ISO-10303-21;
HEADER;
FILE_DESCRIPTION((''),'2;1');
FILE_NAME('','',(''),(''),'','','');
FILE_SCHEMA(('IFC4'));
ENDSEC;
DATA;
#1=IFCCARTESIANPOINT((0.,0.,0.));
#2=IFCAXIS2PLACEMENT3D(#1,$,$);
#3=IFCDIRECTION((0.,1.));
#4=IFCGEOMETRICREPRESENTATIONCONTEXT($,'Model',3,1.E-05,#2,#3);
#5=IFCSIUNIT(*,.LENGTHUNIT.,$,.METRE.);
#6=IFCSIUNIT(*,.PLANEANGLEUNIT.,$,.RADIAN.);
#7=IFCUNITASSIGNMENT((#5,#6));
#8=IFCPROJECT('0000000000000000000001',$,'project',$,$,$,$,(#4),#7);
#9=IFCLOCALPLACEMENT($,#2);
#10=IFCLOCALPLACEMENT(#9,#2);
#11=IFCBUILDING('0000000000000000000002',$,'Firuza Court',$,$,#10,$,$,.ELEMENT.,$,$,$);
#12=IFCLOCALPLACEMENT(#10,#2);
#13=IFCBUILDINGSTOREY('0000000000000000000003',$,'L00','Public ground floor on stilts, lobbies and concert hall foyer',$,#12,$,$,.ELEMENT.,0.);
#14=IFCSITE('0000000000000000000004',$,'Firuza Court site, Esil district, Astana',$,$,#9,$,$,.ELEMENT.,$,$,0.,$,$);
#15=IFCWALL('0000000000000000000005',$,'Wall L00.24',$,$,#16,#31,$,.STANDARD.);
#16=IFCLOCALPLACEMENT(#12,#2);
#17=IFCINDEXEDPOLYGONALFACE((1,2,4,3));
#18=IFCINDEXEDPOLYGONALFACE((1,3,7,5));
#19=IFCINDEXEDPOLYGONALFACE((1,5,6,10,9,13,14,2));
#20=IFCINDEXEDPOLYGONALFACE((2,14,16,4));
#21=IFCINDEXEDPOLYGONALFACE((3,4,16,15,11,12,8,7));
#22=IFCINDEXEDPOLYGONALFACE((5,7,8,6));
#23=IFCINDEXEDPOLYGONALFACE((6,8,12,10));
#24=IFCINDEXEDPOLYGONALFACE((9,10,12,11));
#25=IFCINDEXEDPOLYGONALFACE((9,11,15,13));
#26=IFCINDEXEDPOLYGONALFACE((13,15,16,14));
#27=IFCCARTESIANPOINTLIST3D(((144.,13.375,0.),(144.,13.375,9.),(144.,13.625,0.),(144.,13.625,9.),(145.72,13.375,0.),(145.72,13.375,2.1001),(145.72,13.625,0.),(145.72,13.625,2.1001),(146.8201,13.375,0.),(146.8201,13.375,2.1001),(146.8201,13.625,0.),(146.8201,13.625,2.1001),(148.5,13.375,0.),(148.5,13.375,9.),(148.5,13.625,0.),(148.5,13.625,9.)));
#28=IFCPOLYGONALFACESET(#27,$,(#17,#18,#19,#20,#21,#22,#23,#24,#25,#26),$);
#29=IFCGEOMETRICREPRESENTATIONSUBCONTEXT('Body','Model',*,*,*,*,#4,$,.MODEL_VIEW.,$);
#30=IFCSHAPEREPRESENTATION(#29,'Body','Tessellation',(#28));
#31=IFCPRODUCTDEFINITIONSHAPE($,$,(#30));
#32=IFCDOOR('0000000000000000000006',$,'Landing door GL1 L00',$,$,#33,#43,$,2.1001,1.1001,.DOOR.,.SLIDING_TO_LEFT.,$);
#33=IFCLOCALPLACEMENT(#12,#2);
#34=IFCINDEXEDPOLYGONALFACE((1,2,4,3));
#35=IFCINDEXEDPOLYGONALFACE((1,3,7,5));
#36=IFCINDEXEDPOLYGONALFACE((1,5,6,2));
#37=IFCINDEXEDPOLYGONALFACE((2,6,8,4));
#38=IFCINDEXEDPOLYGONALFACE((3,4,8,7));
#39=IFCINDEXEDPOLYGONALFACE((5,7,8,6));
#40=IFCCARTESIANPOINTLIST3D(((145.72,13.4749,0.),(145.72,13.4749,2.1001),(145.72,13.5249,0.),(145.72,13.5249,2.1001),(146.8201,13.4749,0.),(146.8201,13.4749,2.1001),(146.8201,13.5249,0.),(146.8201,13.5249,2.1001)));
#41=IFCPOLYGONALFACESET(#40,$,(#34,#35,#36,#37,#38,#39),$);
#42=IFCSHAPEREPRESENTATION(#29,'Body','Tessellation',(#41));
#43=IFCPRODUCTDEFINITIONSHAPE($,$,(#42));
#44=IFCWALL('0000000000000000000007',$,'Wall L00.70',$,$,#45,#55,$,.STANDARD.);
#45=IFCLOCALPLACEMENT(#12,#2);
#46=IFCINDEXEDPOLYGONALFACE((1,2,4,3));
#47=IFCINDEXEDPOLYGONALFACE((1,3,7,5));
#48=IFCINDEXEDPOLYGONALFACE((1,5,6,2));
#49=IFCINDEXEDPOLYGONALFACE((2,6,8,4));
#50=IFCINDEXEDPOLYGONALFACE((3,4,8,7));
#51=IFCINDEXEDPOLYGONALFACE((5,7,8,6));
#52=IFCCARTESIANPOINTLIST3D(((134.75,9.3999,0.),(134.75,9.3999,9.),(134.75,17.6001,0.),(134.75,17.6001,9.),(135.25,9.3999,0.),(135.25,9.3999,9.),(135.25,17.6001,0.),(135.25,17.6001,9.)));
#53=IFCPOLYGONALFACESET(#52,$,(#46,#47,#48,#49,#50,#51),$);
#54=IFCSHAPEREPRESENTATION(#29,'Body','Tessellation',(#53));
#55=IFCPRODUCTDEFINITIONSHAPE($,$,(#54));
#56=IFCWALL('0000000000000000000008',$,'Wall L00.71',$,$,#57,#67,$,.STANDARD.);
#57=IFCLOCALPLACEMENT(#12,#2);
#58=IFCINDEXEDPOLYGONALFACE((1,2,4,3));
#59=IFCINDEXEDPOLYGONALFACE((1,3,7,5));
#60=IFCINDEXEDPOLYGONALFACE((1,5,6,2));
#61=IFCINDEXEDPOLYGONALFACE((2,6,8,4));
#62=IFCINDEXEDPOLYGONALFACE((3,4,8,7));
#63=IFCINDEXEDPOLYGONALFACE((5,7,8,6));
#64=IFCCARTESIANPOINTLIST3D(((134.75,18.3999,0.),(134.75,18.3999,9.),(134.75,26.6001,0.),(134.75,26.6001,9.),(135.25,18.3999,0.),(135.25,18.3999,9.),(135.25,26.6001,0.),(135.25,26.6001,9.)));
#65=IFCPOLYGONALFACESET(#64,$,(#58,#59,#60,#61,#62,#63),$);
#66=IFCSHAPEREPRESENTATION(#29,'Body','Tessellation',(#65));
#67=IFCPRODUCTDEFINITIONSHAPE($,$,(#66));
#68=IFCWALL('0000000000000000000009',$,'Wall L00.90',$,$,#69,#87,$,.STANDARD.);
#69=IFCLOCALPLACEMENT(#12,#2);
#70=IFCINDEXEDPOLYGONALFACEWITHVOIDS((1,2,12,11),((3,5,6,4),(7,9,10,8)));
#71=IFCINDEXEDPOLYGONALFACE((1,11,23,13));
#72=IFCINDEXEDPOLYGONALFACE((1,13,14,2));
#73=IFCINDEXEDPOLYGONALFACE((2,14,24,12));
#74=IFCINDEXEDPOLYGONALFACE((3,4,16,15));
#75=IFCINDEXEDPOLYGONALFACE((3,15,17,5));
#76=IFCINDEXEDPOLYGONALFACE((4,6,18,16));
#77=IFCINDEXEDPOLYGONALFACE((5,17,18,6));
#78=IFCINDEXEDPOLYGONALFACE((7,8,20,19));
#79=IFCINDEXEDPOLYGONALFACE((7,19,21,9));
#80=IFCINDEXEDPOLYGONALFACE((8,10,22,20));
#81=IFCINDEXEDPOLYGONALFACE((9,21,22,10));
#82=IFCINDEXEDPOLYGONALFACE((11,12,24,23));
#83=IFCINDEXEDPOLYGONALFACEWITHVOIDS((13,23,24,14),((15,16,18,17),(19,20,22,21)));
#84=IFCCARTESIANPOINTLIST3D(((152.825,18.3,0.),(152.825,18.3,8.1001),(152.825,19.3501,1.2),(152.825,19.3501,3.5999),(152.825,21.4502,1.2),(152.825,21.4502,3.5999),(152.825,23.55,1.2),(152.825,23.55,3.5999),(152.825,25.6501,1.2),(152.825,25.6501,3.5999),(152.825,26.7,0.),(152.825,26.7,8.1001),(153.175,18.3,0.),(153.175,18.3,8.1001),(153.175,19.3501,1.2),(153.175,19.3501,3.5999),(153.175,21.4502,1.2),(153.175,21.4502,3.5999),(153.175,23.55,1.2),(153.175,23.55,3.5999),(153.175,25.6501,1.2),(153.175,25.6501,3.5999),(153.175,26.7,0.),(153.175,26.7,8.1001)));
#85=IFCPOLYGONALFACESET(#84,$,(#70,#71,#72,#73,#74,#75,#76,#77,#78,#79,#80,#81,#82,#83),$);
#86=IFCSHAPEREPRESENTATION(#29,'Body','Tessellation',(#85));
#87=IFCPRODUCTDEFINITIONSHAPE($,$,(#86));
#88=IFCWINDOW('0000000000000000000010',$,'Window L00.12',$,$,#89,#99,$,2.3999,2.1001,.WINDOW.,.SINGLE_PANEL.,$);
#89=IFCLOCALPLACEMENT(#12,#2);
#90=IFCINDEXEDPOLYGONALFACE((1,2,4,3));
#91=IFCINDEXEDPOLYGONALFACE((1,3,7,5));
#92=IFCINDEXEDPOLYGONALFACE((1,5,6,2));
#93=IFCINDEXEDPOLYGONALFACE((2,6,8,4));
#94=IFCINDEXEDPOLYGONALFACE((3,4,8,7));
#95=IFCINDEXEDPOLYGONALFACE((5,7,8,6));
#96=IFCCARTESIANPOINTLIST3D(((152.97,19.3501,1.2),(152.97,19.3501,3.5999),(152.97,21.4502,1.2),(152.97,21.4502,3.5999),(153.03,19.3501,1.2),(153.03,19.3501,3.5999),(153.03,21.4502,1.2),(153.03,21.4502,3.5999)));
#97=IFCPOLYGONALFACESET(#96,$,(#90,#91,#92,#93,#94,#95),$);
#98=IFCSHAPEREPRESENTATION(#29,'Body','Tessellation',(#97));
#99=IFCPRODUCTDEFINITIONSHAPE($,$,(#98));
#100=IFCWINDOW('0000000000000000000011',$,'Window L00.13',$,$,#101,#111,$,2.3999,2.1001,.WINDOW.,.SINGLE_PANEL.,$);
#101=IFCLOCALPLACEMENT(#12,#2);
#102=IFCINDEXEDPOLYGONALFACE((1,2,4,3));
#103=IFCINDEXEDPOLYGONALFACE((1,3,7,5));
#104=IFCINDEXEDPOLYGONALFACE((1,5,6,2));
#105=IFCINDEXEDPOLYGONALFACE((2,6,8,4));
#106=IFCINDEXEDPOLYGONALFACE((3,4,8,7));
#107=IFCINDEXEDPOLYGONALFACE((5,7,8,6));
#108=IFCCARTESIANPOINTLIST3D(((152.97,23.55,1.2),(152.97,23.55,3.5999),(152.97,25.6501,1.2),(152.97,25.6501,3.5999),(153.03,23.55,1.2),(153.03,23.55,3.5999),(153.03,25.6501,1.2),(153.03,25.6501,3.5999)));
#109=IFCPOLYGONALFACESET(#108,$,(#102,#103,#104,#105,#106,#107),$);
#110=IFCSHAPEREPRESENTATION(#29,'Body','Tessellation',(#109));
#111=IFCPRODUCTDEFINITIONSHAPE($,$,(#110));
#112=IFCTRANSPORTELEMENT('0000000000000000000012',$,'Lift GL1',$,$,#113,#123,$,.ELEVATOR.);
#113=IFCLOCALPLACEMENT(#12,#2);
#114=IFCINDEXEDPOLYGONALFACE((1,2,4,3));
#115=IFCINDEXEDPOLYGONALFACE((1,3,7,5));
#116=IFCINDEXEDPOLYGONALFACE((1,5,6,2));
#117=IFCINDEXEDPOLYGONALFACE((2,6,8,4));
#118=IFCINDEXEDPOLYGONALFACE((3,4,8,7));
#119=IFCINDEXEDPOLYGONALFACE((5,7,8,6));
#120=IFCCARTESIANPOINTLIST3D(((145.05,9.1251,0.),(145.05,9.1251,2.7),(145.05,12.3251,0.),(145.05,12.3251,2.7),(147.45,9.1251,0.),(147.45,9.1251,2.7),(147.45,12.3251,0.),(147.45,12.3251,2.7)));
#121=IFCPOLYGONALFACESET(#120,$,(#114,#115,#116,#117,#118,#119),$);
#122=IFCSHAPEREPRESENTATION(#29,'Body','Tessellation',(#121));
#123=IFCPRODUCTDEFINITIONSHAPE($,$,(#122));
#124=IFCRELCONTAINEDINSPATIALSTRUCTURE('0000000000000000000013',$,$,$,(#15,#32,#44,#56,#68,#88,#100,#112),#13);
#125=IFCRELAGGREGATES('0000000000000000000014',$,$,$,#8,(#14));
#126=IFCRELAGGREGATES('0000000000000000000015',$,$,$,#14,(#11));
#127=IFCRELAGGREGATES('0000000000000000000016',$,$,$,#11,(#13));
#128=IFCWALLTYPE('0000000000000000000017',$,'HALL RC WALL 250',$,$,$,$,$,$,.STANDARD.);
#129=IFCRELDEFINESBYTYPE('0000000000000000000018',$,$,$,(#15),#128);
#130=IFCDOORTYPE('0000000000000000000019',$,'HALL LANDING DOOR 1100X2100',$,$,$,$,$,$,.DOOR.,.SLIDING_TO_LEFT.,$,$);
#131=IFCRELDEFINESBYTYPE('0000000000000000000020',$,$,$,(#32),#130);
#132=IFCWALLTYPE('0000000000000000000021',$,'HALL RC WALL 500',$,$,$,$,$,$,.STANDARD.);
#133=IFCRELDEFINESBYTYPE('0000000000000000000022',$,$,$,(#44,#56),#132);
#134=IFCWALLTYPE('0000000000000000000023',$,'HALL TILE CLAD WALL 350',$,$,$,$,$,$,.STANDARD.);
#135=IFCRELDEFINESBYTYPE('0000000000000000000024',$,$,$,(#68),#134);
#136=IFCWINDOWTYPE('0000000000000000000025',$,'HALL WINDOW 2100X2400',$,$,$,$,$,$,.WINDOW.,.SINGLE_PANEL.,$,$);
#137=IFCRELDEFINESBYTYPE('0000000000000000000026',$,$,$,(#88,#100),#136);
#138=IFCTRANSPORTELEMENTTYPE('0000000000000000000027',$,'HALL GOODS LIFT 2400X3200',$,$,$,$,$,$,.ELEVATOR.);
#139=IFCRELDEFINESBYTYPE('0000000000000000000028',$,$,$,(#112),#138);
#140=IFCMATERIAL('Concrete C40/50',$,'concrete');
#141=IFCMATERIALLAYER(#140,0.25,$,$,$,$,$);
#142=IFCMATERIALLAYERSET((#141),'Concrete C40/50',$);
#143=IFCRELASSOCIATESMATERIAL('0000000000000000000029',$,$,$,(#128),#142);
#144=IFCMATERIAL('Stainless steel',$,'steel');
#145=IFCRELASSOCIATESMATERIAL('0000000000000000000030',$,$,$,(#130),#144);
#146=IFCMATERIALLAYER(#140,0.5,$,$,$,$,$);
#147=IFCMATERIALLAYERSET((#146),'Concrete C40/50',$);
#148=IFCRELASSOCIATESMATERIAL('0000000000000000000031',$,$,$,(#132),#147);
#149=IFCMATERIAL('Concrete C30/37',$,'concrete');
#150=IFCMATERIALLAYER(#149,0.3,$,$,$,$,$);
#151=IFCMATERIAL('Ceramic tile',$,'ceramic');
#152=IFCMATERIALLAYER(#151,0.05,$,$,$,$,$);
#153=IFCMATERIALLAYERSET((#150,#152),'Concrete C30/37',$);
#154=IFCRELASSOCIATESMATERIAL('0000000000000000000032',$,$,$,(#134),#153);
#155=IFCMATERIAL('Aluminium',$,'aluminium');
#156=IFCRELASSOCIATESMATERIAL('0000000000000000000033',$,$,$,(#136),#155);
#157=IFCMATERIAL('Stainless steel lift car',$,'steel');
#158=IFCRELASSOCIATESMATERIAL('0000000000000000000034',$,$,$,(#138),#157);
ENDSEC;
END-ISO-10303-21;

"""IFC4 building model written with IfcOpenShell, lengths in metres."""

from ifc_helpers import new_model, si_unit, direction, frame, frame_2d, origin, origin_2d, place, context, subcontext, project, spatial, rectangle, extrude, material, layer, layer_set, type_object, element, fill, save


model = new_model("IFC4")

# Units and contexts
model_context = context("Model", 3, precision=1e-05, world=origin(), true_north=direction((0.0, 1.0)))
body_context = subcontext(model_context, "Body", "Model", "MODEL_VIEW")
ifc_project = project(units=[si_unit("LENGTHUNIT", "METRE"), si_unit("PLANEANGLEUNIT", "RADIAN")], contexts=[model_context])

# Site, building, storey
site_placement = place(None, origin())
site = spatial("IfcSite", under=ifc_project, at=site_placement, Name="Firuza Court site, Esil district, Astana", CompositionType="ELEMENT", RefElevation=0.0)
building_placement = place(site_placement, origin())
building = spatial("IfcBuilding", under=site, at=building_placement, Name="Firuza Court", CompositionType="ELEMENT")
storey_placement = place(building_placement, origin())
storey = spatial("IfcBuildingStorey", under=building, at=storey_placement, Name="L00", Description="Public ground floor on stilts, lobbies and concert hall foyer", CompositionType="ELEMENT", Elevation=0.0)

# Wall, opening, door
ifc_material_1 = material(Name="Concrete C40/50", Category="concrete")
ifc_layer_1 = layer(ifc_material_1, 0.25)
ifc_layer_set_1 = layer_set([ifc_layer_1], Name="Concrete C40/50")
wall_type_1 = type_object("IfcWallType", Name="HALL RC WALL 250", PredefinedType="STANDARD", material=ifc_layer_set_1)
wall_1_placement = place(storey_placement, frame((144.0, 13.5, 0.0), z_axis=(0.0, 0.0, 1.0), x_axis=(1.0, 0.0, 0.0)))
wall_1 = element("IfcWall", 1, at=wall_1_placement, inside=storey, type_object=wall_type_1, Name="Wall L00.24", PredefinedType="STANDARD", context=body_context, shape_type="SweptSolid", body=[
    extrude(rectangle(XDim=4.5, YDim=0.25, at=frame_2d((2.25, 0.0))), origin(), (0.0, 0.0, 1.0), 9.0),
])
opening_1_placement = place(wall_1_placement, frame((1.72, 0.0, 0.0)))
opening_1 = element("IfcOpeningElement", 2, at=opening_1_placement, cuts=wall_1, PredefinedType="OPENING", context=body_context, shape_type="SweptSolid", body=[
    extrude(rectangle(XDim=1.1001, YDim=2.1001, at=frame_2d((0.55, 1.05))), frame((0.0, 0.137, 0.0), z_axis=(0.0, -1.0, 0.0), x_axis=(1.0, 0.0, 0.0)), (0.0, 0.0, 1.0), 0.2739),
])
ifc_material_2 = material(Name="Stainless steel", Category="steel")
door_type_1 = type_object("IfcDoorType", Name="HALL LANDING DOOR 1100X2100", OperationType="SLIDING_TO_LEFT", PredefinedType="DOOR", material=ifc_material_2)
door_1_placement = place(opening_1_placement, origin())
door_1 = element("IfcDoor", 3, at=door_1_placement, inside=storey, type_object=door_type_1, Name="Landing door GL1 L00", OperationType="SLIDING_TO_LEFT", OverallHeight=2.1001, OverallWidth=1.1001, PredefinedType="DOOR", context=body_context, shape_type="SweptSolid", body=[
    extrude(rectangle(XDim=1.1001, YDim=2.1001, at=frame_2d((0.55, 1.05))), frame((0.0, 0.0249, 0.0), z_axis=(0.0, -1.0, 0.0), x_axis=(1.0, 0.0, 0.0)), (0.0, 0.0, 1.0), 0.05),
])
fill(opening_1, door_1)

# Walls
ifc_layer_2 = layer(ifc_material_1, 0.5)
ifc_layer_set_2 = layer_set([ifc_layer_2], Name="Concrete C40/50")
wall_type_2 = type_object("IfcWallType", Name="HALL RC WALL 500", PredefinedType="STANDARD", material=ifc_layer_set_2)
for number, where, z_axis, x_axis, name in (
    (4, (135.0, 9.3999, 0.0), (0.0, 0.0, 1.0), (0.0, 1.0, 0.0), "Wall L00.70"),
    (5, (135.0, 18.3999, 0.0), (0.0, 0.0, 1.0), (0.0, 1.0, 0.0), "Wall L00.71"),
):
    element("IfcWall", number, at=place(storey_placement, frame(where, z_axis=z_axis, x_axis=x_axis)), inside=storey, type_object=wall_type_2, Name=name, PredefinedType="STANDARD", context=body_context, shape_type="SweptSolid", body=[
        extrude(rectangle(XDim=8.2002, YDim=0.5, at=frame_2d((4.1001, 0.0))), origin(), (0.0, 0.0, 1.0), 9.0),
    ])

# Wall, openings, windows
ifc_material_3 = material(Name="Concrete C30/37", Category="concrete")
ifc_layer_3 = layer(ifc_material_3, 0.3)
ifc_material_4 = material(Name="Ceramic tile", Category="ceramic")
ifc_layer_4 = layer(ifc_material_4, 0.05)
ifc_layer_set_3 = layer_set([ifc_layer_3, ifc_layer_4], Name="Concrete C30/37")
wall_type_3 = type_object("IfcWallType", Name="HALL TILE CLAD WALL 350", PredefinedType="STANDARD", material=ifc_layer_set_3)
wall_2_placement = place(storey_placement, frame((153.0, 18.3, 0.0), z_axis=(0.0, 0.0, 1.0), x_axis=(0.0, 1.0, 0.0)))
wall_2 = element("IfcWall", 6, at=wall_2_placement, inside=storey, type_object=wall_type_3, Name="Wall L00.90", PredefinedType="STANDARD", context=body_context, shape_type="SweptSolid", body=[
    extrude(rectangle(XDim=8.3999, YDim=0.3501, at=frame_2d((4.2, 0.0))), origin(), (0.0, 0.0, 1.0), 8.1001),
])
opening_2_placement = place(wall_2_placement, frame((1.05, 0.0, 1.2)))
opening_2 = element("IfcOpeningElement", 7, at=opening_2_placement, cuts=wall_2, PredefinedType="OPENING", context=body_context, shape_type="SweptSolid", body=[
    extrude(rectangle(XDim=2.1001, YDim=2.3999, at=frame_2d((1.05, 1.2))), frame((0.0, 0.187, 0.0), z_axis=(0.0, -1.0, 0.0), x_axis=(1.0, 0.0, 0.0)), (0.0, 0.0, 1.0), 0.374),
])
opening_3_placement = place(wall_2_placement, frame((5.25, 0.0, 1.2)))
opening_3 = element("IfcOpeningElement", 8, at=opening_3_placement, cuts=wall_2, PredefinedType="OPENING", context=body_context, shape_type="SweptSolid", body=[
    extrude(rectangle(XDim=2.1001, YDim=2.3999, at=frame_2d((1.05, 1.2))), frame((0.0, 0.187, 0.0), z_axis=(0.0, -1.0, 0.0), x_axis=(1.0, 0.0, 0.0)), (0.0, 0.0, 1.0), 0.374),
])
ifc_material_5 = material(Name="Aluminium", Category="aluminium")
window_type = type_object("IfcWindowType", Name="HALL WINDOW 2100X2400", PartitioningType="SINGLE_PANEL", PredefinedType="WINDOW", material=ifc_material_5)
window_1_placement = place(opening_2_placement, origin())
window_1 = element("IfcWindow", 9, at=window_1_placement, inside=storey, type_object=window_type, Name="Window L00.12", OverallHeight=2.3999, OverallWidth=2.1001, PartitioningType="SINGLE_PANEL", PredefinedType="WINDOW", context=body_context, shape_type="SweptSolid", body=[
    extrude(rectangle(XDim=2.1001, YDim=2.3999, at=frame_2d((1.05, 1.2))), frame((0.0, 0.03, 0.0), z_axis=(0.0, -1.0, 0.0), x_axis=(1.0, 0.0, 0.0)), (0.0, 0.0, 1.0), 0.0601),
])
fill(opening_2, window_1)
window_2_placement = place(opening_3_placement, origin())
window_2 = element("IfcWindow", 10, at=window_2_placement, inside=storey, type_object=window_type, Name="Window L00.13", OverallHeight=2.3999, OverallWidth=2.1001, PartitioningType="SINGLE_PANEL", PredefinedType="WINDOW", context=body_context, shape_type="SweptSolid", body=[
    extrude(rectangle(XDim=2.1001, YDim=2.3999, at=frame_2d((1.05, 1.2))), frame((0.0, 0.03, 0.0), z_axis=(0.0, -1.0, 0.0), x_axis=(1.0, 0.0, 0.0)), (0.0, 0.0, 1.0), 0.0601),
])
fill(opening_3, window_2)

# Transport element
ifc_material_6 = material(Name="Stainless steel lift car", Category="steel")
transport_element_type = type_object("IfcTransportElementType", Name="HALL GOODS LIFT 2400X3200", PredefinedType="ELEVATOR", material=ifc_material_6)
transport_element_placement = place(storey_placement, frame((146.25, 10.7251, 0.0), z_axis=(0.0, 0.0, 1.0), x_axis=(1.0, 0.0, 0.0)))
element("IfcTransportElement", 11, at=transport_element_placement, inside=storey, type_object=transport_element_type, Name="Lift GL1", PredefinedType="ELEVATOR", context=body_context, shape_type="SweptSolid", body=[
    extrude(rectangle(XDim=2.3999, YDim=3.2, at=origin_2d()), origin(), (0.0, 0.0, 1.0), 2.7),
])

save(model, "model.ifc")
